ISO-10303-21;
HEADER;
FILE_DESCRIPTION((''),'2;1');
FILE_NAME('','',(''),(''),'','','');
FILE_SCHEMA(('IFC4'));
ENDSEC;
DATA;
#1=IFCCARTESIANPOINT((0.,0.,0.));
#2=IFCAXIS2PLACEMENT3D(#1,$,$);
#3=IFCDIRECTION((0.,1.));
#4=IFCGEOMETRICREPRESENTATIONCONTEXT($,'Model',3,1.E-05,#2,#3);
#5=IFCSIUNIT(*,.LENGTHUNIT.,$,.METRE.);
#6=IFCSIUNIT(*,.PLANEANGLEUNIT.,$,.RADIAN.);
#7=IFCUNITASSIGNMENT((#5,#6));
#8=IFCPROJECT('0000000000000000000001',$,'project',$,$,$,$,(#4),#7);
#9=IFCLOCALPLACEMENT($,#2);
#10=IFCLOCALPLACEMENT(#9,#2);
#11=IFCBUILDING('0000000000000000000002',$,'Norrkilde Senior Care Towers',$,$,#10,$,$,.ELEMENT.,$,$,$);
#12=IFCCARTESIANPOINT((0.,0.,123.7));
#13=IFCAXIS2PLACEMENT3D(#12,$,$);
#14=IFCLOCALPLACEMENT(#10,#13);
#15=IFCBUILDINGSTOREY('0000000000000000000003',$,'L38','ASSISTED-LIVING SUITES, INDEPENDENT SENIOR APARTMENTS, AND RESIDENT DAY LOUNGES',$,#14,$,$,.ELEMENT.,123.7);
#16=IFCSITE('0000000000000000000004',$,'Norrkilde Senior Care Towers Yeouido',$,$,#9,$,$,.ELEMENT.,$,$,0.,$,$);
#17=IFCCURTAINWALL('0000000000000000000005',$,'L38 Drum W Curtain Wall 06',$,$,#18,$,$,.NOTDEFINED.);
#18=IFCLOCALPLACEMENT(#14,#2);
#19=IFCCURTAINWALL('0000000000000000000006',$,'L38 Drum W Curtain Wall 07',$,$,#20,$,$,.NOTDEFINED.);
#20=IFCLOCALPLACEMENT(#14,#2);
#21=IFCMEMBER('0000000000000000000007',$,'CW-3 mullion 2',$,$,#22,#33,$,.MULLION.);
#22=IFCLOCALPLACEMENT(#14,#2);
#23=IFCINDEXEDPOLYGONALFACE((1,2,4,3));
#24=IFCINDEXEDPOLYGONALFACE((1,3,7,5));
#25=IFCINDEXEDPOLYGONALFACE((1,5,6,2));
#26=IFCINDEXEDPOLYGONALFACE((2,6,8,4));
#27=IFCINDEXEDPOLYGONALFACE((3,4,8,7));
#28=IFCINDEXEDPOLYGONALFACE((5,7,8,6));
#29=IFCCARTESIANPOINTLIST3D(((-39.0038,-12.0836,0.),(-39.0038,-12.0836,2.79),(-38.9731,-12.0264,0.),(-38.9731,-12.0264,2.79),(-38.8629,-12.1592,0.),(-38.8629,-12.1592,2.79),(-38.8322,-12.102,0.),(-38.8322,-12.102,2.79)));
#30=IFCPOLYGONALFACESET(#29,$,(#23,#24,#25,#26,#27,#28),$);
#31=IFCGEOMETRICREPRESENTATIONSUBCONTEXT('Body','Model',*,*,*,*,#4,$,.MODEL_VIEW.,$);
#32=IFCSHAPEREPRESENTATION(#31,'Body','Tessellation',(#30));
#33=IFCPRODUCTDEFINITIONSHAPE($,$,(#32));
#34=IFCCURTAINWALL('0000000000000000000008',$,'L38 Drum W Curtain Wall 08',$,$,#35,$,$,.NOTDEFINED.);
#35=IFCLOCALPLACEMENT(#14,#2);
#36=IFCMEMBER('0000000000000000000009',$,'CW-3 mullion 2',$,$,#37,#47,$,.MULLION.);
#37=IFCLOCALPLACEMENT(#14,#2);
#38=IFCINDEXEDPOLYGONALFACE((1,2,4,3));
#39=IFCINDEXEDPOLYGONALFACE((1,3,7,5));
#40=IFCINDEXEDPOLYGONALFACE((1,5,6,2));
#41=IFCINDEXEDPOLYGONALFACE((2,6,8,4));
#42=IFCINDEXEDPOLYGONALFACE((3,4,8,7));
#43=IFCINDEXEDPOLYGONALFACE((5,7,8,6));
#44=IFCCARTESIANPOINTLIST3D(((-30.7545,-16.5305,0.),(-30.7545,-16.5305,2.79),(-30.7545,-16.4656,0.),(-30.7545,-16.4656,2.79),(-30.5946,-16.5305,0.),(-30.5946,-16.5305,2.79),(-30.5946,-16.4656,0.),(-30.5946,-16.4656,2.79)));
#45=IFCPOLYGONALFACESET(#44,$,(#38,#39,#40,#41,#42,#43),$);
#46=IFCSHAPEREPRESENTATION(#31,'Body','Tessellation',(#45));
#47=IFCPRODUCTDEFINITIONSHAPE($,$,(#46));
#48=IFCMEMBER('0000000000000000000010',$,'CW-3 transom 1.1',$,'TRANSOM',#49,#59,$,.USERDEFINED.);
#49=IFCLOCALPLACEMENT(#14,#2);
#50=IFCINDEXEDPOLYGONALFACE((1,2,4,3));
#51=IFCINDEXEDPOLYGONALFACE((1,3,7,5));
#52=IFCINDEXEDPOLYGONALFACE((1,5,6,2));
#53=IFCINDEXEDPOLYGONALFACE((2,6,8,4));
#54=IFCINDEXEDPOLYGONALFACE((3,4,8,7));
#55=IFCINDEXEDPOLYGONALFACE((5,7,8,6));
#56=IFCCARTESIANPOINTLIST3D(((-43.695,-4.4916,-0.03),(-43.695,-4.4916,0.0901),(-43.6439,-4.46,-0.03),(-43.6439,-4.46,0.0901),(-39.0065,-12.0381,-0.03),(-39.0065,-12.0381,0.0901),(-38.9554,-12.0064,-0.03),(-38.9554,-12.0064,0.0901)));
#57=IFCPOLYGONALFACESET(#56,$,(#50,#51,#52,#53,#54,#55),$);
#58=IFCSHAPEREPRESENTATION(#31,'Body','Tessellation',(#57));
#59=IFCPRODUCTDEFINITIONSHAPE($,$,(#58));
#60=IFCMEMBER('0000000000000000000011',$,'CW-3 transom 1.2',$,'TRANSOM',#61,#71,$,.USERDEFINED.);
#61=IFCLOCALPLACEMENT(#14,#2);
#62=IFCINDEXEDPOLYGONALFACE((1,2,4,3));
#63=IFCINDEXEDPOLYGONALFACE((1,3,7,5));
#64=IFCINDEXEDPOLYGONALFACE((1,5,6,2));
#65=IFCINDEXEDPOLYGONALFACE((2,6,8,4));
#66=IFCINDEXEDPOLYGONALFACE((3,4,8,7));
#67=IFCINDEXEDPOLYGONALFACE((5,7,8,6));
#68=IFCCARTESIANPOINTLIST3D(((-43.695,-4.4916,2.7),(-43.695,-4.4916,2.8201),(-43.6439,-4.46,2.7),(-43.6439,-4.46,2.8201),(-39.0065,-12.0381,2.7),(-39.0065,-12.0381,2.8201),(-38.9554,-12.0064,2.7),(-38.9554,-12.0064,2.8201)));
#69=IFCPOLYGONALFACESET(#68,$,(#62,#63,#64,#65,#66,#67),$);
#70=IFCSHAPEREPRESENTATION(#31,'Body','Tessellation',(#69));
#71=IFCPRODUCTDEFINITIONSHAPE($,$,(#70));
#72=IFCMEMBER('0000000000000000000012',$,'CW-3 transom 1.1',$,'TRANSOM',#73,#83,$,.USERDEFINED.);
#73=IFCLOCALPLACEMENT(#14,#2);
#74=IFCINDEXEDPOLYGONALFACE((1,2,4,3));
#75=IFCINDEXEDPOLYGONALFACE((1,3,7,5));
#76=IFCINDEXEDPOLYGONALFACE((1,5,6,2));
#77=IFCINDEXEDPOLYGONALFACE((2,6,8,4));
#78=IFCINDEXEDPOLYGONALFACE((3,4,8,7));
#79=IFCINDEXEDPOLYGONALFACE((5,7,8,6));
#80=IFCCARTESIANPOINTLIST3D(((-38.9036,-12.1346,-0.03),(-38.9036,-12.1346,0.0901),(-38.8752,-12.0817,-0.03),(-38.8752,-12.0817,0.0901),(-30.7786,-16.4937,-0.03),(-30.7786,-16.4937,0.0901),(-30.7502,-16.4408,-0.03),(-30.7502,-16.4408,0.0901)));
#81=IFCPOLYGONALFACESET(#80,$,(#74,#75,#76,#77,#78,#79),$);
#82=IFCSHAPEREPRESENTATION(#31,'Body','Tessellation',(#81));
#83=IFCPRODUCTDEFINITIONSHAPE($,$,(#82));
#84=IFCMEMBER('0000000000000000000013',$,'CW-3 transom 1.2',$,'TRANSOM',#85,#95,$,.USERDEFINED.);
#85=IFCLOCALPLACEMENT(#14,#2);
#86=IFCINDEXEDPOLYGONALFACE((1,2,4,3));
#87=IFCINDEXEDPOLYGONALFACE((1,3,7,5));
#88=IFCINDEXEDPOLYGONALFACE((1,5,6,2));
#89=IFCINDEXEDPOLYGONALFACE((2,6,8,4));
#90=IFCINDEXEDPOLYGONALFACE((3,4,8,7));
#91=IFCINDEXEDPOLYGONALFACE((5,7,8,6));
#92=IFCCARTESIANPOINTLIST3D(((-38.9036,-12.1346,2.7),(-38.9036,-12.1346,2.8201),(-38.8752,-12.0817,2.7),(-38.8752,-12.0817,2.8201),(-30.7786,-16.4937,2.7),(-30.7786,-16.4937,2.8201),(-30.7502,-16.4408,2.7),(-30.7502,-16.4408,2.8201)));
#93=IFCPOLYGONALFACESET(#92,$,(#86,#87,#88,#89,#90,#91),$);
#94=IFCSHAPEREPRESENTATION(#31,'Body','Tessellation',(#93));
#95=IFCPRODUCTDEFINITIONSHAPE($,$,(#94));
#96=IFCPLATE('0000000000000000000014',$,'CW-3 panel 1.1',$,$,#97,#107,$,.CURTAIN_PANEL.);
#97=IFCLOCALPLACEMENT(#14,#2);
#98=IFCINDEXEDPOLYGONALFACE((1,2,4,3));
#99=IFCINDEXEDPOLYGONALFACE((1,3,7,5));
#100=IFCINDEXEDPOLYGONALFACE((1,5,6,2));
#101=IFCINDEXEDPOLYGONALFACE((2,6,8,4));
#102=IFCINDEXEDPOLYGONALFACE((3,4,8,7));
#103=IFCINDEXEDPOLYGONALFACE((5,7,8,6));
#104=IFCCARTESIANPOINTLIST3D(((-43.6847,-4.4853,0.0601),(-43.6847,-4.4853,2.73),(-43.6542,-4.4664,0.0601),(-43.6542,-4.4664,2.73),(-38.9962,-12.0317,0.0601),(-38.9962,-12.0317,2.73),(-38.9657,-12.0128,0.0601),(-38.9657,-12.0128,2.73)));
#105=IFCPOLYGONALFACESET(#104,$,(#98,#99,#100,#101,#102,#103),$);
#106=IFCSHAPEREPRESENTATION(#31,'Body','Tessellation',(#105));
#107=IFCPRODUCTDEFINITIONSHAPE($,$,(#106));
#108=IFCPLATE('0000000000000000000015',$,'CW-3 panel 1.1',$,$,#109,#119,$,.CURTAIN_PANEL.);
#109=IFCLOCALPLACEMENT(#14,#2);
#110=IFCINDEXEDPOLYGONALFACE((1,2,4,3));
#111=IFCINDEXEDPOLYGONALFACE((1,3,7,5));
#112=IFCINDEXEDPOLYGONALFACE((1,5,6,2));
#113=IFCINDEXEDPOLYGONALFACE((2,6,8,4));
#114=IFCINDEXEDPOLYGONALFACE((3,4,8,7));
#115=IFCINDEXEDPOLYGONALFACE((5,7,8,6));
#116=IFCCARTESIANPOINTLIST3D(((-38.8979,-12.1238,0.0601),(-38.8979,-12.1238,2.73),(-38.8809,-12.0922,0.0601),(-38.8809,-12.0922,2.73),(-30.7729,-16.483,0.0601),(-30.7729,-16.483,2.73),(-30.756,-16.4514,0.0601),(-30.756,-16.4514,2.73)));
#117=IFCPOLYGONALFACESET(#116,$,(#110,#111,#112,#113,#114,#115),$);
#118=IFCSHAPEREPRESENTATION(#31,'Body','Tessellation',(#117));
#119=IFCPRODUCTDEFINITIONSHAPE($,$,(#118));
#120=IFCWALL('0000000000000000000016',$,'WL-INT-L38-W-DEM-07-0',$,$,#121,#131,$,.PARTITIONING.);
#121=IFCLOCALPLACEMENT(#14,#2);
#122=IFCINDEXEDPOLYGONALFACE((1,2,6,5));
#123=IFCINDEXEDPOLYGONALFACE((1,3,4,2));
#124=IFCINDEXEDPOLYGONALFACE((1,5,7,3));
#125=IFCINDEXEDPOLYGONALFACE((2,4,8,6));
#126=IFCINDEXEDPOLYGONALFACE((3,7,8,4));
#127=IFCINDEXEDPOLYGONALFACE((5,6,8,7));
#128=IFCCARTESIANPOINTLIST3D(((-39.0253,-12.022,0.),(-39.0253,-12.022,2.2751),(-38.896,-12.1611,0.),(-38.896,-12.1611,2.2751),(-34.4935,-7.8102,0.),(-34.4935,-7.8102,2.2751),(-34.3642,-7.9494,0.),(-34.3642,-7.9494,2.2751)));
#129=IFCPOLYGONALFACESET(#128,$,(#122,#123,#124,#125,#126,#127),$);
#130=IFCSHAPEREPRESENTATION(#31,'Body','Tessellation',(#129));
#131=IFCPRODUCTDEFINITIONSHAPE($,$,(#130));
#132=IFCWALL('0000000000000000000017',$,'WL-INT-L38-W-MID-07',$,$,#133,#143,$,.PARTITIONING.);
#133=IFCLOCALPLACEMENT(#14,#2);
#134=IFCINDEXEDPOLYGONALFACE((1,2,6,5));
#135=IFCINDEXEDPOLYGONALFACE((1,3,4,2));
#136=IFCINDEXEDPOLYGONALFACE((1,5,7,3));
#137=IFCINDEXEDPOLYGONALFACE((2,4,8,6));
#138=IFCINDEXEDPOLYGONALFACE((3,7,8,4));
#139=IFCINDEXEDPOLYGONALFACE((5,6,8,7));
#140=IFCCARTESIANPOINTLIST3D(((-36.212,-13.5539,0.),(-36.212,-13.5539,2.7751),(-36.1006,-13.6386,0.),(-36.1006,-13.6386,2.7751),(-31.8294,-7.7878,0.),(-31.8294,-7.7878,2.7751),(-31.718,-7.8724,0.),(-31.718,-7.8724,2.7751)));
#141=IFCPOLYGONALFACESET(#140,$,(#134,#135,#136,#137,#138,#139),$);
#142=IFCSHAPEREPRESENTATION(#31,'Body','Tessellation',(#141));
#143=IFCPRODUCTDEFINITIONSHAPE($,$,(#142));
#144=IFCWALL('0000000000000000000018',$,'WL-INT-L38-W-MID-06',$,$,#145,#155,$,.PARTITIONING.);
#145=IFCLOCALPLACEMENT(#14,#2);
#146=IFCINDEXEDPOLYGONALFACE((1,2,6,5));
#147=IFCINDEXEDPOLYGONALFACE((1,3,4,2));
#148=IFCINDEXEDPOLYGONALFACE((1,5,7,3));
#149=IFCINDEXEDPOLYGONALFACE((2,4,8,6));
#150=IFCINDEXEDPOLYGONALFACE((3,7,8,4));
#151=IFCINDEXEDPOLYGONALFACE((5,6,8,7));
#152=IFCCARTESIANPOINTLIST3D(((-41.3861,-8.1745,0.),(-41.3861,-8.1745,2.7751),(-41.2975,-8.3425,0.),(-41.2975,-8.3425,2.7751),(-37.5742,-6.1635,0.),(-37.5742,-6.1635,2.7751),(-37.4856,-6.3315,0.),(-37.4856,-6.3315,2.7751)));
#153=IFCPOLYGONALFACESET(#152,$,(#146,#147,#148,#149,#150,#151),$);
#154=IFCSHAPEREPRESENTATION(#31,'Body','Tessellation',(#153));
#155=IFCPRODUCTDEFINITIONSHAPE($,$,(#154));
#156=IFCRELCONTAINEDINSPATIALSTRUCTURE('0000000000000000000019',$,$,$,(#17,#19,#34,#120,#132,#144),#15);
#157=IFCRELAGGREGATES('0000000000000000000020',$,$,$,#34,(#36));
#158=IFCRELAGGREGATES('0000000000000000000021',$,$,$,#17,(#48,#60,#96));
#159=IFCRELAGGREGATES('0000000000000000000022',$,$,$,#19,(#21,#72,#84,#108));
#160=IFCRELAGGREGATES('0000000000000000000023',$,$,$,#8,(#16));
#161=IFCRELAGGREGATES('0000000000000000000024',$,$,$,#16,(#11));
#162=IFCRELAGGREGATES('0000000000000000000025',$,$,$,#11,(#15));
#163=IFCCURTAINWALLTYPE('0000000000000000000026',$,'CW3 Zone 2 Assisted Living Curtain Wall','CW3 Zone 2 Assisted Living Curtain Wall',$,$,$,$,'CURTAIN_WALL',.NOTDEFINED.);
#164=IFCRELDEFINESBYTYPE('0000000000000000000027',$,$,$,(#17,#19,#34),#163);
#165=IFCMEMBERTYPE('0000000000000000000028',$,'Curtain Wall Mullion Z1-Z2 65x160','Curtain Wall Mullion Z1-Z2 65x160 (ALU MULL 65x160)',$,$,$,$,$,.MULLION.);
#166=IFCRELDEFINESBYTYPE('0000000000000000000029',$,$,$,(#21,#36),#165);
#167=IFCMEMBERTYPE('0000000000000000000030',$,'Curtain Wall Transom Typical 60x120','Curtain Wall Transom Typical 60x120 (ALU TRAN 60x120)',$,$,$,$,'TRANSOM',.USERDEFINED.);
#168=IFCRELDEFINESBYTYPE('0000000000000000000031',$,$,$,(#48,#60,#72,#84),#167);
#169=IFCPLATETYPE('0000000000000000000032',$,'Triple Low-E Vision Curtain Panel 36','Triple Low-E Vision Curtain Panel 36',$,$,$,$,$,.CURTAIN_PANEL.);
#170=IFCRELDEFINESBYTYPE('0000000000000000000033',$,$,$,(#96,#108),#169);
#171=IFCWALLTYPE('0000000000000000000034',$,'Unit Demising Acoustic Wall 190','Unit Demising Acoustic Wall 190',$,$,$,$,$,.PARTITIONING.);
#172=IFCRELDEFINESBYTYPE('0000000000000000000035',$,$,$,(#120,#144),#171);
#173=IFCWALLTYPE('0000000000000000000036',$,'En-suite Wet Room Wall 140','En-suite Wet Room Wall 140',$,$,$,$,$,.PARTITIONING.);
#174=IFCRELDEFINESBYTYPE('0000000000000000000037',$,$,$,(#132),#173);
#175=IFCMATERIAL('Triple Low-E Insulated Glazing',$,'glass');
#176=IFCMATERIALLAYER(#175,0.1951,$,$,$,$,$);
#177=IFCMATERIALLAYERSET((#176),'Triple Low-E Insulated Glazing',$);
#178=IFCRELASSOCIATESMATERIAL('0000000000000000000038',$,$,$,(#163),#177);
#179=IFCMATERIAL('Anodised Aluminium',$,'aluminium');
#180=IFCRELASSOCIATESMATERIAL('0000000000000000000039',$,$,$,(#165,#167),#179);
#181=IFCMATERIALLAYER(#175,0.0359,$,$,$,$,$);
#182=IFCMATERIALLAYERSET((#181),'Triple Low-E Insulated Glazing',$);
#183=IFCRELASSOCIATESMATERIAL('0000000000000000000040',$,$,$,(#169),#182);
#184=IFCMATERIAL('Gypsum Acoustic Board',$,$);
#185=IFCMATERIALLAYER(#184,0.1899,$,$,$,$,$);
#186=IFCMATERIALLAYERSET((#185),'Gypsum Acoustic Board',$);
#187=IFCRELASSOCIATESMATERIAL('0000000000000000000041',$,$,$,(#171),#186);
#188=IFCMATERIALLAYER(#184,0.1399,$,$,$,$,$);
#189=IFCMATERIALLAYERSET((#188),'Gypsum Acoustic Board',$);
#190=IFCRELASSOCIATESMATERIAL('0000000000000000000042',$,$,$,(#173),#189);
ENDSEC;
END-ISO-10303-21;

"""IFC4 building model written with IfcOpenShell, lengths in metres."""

from ifc_helpers import new_model, si_unit, direction, frame, frame_2d, origin, origin_2d, place, context, subcontext, project, spatial, rectangle, extrude, source, transform, mapped, material, layer, layer_set, material_profile, profile_set, type_object, type_shapes, element, aggregate, save


model = new_model("IFC4")

# Units and contexts
model_context = context("Model", 3, precision=1e-05, world=origin(), true_north=direction((0.0, 1.0)))
body_context = subcontext(model_context, "Body", "Model", "MODEL_VIEW")
ifc_project = project(units=[si_unit("LENGTHUNIT", "METRE"), si_unit("PLANEANGLEUNIT", "RADIAN")], contexts=[model_context])

# Site, building, storey
site_placement = place(None, origin())
site = spatial("IfcSite", under=ifc_project, at=site_placement, Name="Norrkilde Senior Care Towers Yeouido", CompositionType="ELEMENT", RefElevation=0.0)
building_placement = place(site_placement, origin())
building = spatial("IfcBuilding", under=site, at=building_placement, Name="Norrkilde Senior Care Towers", CompositionType="ELEMENT")
storey_placement = place(building_placement, frame((0.0, 0.0, 123.7)))
storey = spatial("IfcBuildingStorey", under=building, at=storey_placement, Name="L38", Description="ASSISTED-LIVING SUITES, INDEPENDENT SENIOR APARTMENTS, AND RESIDENT DAY LOUNGES", CompositionType="ELEMENT", Elevation=123.7)

# Curtain wall
ifc_material_1 = material(Name="Triple Low-E Insulated Glazing", Category="glass")
ifc_layer_1 = layer(ifc_material_1, 0.1951)
ifc_layer_set_1 = layer_set([ifc_layer_1], Name="Triple Low-E Insulated Glazing")
curtain_wall_type = type_object("IfcCurtainWallType", Name="CW3 Zone 2 Assisted Living Curtain Wall", Description="CW3 Zone 2 Assisted Living Curtain Wall", ElementType="CURTAIN_WALL", PredefinedType="NOTDEFINED", material=ifc_layer_set_1)
curtain_wall_1_placement = place(storey_placement, origin())
curtain_wall_1 = element("IfcCurtainWall", 1, at=curtain_wall_1_placement, inside=storey, type_object=curtain_wall_type, Name="L38 Drum W Curtain Wall 06", PredefinedType="NOTDEFINED")
ifc_material_2 = material(Name="Anodised Aluminium", Category="aluminium")
ifc_material_profile_1 = material_profile(ifc_material_2, rectangle(XDim=0.0649, YDim=0.1599, at=origin_2d()), Name="ALU MULL 65x160")
ifc_profile_set_1 = profile_set([ifc_material_profile_1], Name="Anodised Aluminium")
member_type_1 = type_object("IfcMemberType", Name="Curtain Wall Mullion Z1-Z2 65x160", Description="Curtain Wall Mullion Z1-Z2 65x160 (ALU MULL 65x160)", PredefinedType="MULLION", material=ifc_profile_set_1)
shared_shape_1 = source(origin(), body_context, "Body", "SweptSolid", [
    extrude(rectangle(XDim=0.0649, YDim=0.1599, at=origin_2d()), origin(), (0.0, 0.0, 1.0), 2.79),
])
type_shapes(member_type_1, [shared_shape_1])

# Curtain wall, member
curtain_wall_2_placement = place(storey_placement, origin())
curtain_wall_2 = element("IfcCurtainWall", 2, at=curtain_wall_2_placement, inside=storey, type_object=curtain_wall_type, Name="L38 Drum W Curtain Wall 07", PredefinedType="NOTDEFINED")
member_1_placement = place(storey_placement, frame((-38.918, -12.0928, 0.0), z_axis=(0.0, 0.0, 1.0), x_axis=(-0.472769, -0.881186, 0.0)))
member_1 = element("IfcMember", 3, at=member_1_placement, type_object=member_type_1, Name="CW-3 mullion 2", PredefinedType="MULLION", context=body_context, shape_type="MappedRepresentation", body=[
    mapped(shared_shape_1, transform((0.0, 0.0, 0.0), x_axis=(1.0, 0.0, 0.0), y_axis=(0.0, 1.0, 0.0), z_axis=(0.0, 0.0, 1.0), scale=1.0)),
])

# Curtain wall, member
curtain_wall_3_placement = place(storey_placement, origin())
curtain_wall_3 = element("IfcCurtainWall", 4, at=curtain_wall_3_placement, inside=storey, type_object=curtain_wall_type, Name="L38 Drum W Curtain Wall 08", PredefinedType="NOTDEFINED")
member_2_placement = place(storey_placement, frame((-30.6746, -16.498, 0.0), z_axis=(0.0, 0.0, 1.0), x_axis=(0.0, -1.0, 0.0)))
member_2 = element("IfcMember", 5, at=member_2_placement, type_object=member_type_1, Name="CW-3 mullion 2", PredefinedType="MULLION", context=body_context, shape_type="MappedRepresentation", body=[
    mapped(shared_shape_1, transform((0.0, 0.0, 0.0), x_axis=(1.0, 0.0, 0.0), y_axis=(0.0, 1.0, 0.0), z_axis=(0.0, 0.0, 1.0), scale=1.0)),
])
aggregate(curtain_wall_3, [member_2])

# Members
ifc_material_profile_2 = material_profile(ifc_material_2, rectangle(XDim=0.0601, YDim=0.1201, at=origin_2d()), Name="ALU TRAN 60x120")
ifc_profile_set_2 = profile_set([ifc_material_profile_2], Name="Anodised Aluminium")
member_type_2 = type_object("IfcMemberType", Name="Curtain Wall Transom Typical 60x120", Description="Curtain Wall Transom Typical 60x120 (ALU TRAN 60x120)", ElementType="TRANSOM", PredefinedType="USERDEFINED", material=ifc_profile_set_2)
shared_shape_2 = source(origin(), body_context, "Body", "SweptSolid", [
    extrude(rectangle(XDim=0.0601, YDim=0.1201, at=origin_2d()), origin(), (0.0, 0.0, 1.0), 8.8843),
])
member_3_placement = place(storey_placement, frame((-38.981, -12.0222, 0.03), z_axis=(-0.527729, 0.849413, 0.0), x_axis=(-0.849413, -0.527729, 0.0)))
member_3 = element("IfcMember", 6, at=member_3_placement, type_object=member_type_2, Name="CW-3 transom 1.1", ObjectType="TRANSOM", PredefinedType="USERDEFINED", context=body_context, shape_type="MappedRepresentation", body=[
    mapped(shared_shape_2, transform((0.0, 0.0, 0.0), x_axis=(1.0, 0.0, 0.0), y_axis=(0.0, 1.0, 0.0), z_axis=(0.0, 0.0, 1.0), scale=1.0)),
])
member_4_placement = place(storey_placement, frame((-38.981, -12.0222, 2.76), z_axis=(-0.527729, 0.849413, 0.0), x_axis=(-0.849413, -0.527729, 0.0)))
member_4 = element("IfcMember", 7, at=member_4_placement, type_object=member_type_2, Name="CW-3 transom 1.2", ObjectType="TRANSOM", PredefinedType="USERDEFINED", context=body_context, shape_type="MappedRepresentation", body=[
    mapped(shared_shape_2, transform((0.0, 0.0, 0.0), x_axis=(1.0, 0.0, 0.0), y_axis=(0.0, 1.0, 0.0), z_axis=(0.0, 0.0, 1.0), scale=1.0)),
])
shared_shape_3 = source(origin(), body_context, "Body", "SweptSolid", [
    extrude(rectangle(XDim=0.0601, YDim=0.1201, at=origin_2d()), origin(), (0.0, 0.0, 1.0), 9.2205),
])
type_shapes(member_type_2, [shared_shape_2, shared_shape_3])
member_5_placement = place(storey_placement, frame((-30.7644, -16.4673, 0.03), z_axis=(-0.881189, 0.472765, 0.0), x_axis=(-0.472765, -0.881189, 0.0)))
member_5 = element("IfcMember", 8, at=member_5_placement, type_object=member_type_2, Name="CW-3 transom 1.1", ObjectType="TRANSOM", PredefinedType="USERDEFINED", context=body_context, shape_type="MappedRepresentation", body=[
    mapped(shared_shape_3, transform((0.0, 0.0, 0.0), x_axis=(1.0, 0.0, 0.0), y_axis=(0.0, 1.0, 0.0), z_axis=(0.0, 0.0, 1.0), scale=1.0)),
])
member_6_placement = place(storey_placement, frame((-30.7644, -16.4673, 2.76), z_axis=(-0.881189, 0.472765, 0.0), x_axis=(-0.472765, -0.881189, 0.0)))
member_6 = element("IfcMember", 9, at=member_6_placement, type_object=member_type_2, Name="CW-3 transom 1.2", ObjectType="TRANSOM", PredefinedType="USERDEFINED", context=body_context, shape_type="MappedRepresentation", body=[
    mapped(shared_shape_3, transform((0.0, 0.0, 0.0), x_axis=(1.0, 0.0, 0.0), y_axis=(0.0, 1.0, 0.0), z_axis=(0.0, 0.0, 1.0), scale=1.0)),
])

# Plates
ifc_layer_2 = layer(ifc_material_1, 0.0359)
ifc_layer_set_2 = layer_set([ifc_layer_2], Name="Triple Low-E Insulated Glazing")
plate_type = type_object("IfcPlateType", Name="Triple Low-E Vision Curtain Panel 36", Description="Triple Low-E Vision Curtain Panel 36", PredefinedType="CURTAIN_PANEL", material=ifc_layer_set_2)
shared_shape_4 = source(origin(), body_context, "Body", "SweptSolid", [
    extrude(rectangle(XDim=8.8843, YDim=0.0359, at=origin_2d()), origin(), (0.0, 0.0, 1.0), 2.6699),
])
plate_1_placement = place(storey_placement, frame((-41.3252, -8.249, 0.0601), z_axis=(0.0, 0.0, 1.0), x_axis=(-0.527733, 0.84941, 0.0)))
plate_1 = element("IfcPlate", 10, at=plate_1_placement, type_object=plate_type, Name="CW-3 panel 1.1", PredefinedType="CURTAIN_PANEL", context=body_context, shape_type="MappedRepresentation", body=[
    mapped(shared_shape_4, transform((0.0, 0.0, 0.0), x_axis=(1.0, 0.0, 0.0), y_axis=(0.0, 1.0, 0.0), z_axis=(0.0, 0.0, 1.0), scale=1.0)),
])
aggregate(curtain_wall_1, [member_3, member_4, plate_1])
shared_shape_5 = source(origin(), body_context, "Body", "SweptSolid", [
    extrude(rectangle(XDim=9.2205, YDim=0.0359, at=origin_2d()), origin(), (0.0, 0.0, 1.0), 2.6699),
])
type_shapes(plate_type, [shared_shape_4, shared_shape_5])
plate_2_placement = place(storey_placement, frame((-34.8269, -14.2876, 0.0601), z_axis=(0.0, 0.0, 1.0), x_axis=(-0.881186, 0.472769, 0.0)))
plate_2 = element("IfcPlate", 11, at=plate_2_placement, type_object=plate_type, Name="CW-3 panel 1.1", PredefinedType="CURTAIN_PANEL", context=body_context, shape_type="MappedRepresentation", body=[
    mapped(shared_shape_5, transform((0.0, 0.0, 0.0), x_axis=(1.0, 0.0, 0.0), y_axis=(0.0, 1.0, 0.0), z_axis=(0.0, 0.0, 1.0), scale=1.0)),
])
aggregate(curtain_wall_2, [member_1, member_5, member_6, plate_2])

# Shared definitions
ifc_material_3 = material(Name="Gypsum Acoustic Board")

# Walls
ifc_layer_3 = layer(ifc_material_3, 0.1899)
ifc_layer_set_3 = layer_set([ifc_layer_3], Name="Gypsum Acoustic Board")
wall_type_1 = type_object("IfcWallType", Name="Unit Demising Acoustic Wall 190", Description="Unit Demising Acoustic Wall 190", PredefinedType="PARTITIONING", material=ifc_layer_set_3)
shared_shape_6 = source(origin(), body_context, "Body", "SweptSolid", [
    extrude(rectangle(XDim=6.1868, YDim=0.1899, at=frame_2d((3.0933, 0.0))), origin(), (0.0, 0.0, 1.0), 2.2751),
])
wall_1_placement = place(storey_placement, frame((-34.429, -7.8799, 0.0), z_axis=(0.0, 0.0, 1.0), x_axis=(-0.732501, -0.680766, 0.0)))
element("IfcWall", 12, at=wall_1_placement, inside=storey, type_object=wall_type_1, Name="WL-INT-L38-W-DEM-07-0", PredefinedType="PARTITIONING", context=body_context, shape_type="MappedRepresentation", body=[
    mapped(shared_shape_6, transform((0.0, 0.0, 0.0), x_axis=(1.0, 0.0, 0.0), y_axis=(0.0, 1.0, 0.0), z_axis=(0.0, 0.0, 1.0), scale=1.0)),
])
ifc_layer_4 = layer(ifc_material_3, 0.1399)
ifc_layer_set_4 = layer_set([ifc_layer_4], Name="Gypsum Acoustic Board")
wall_type_2 = type_object("IfcWallType", Name="En-suite Wet Room Wall 140", Description="En-suite Wet Room Wall 140", PredefinedType="PARTITIONING", material=ifc_layer_set_4)
shared_shape_7 = source(origin(), body_context, "Body", "SweptSolid", [
    extrude(rectangle(XDim=7.2427, YDim=0.1399, at=frame_2d((3.6213, 0.0))), origin(), (0.0, 0.0, 1.0), 2.7751),
])
type_shapes(wall_type_2, [shared_shape_7])
wall_2_placement = place(storey_placement, frame((-31.7737, -7.8301, 0.0), z_axis=(0.0, 0.0, 1.0), x_axis=(-0.605111, -0.796141, 0.0)))
element("IfcWall", 13, at=wall_2_placement, inside=storey, type_object=wall_type_2, Name="WL-INT-L38-W-MID-07", PredefinedType="PARTITIONING", context=body_context, shape_type="MappedRepresentation", body=[
    mapped(shared_shape_7, transform((0.0, 0.0, 0.0), x_axis=(1.0, 0.0, 0.0), y_axis=(0.0, 1.0, 0.0), z_axis=(0.0, 0.0, 1.0), scale=1.0)),
])
shared_shape_8 = source(origin(), body_context, "Body", "SweptSolid", [
    extrude(rectangle(XDim=4.3098, YDim=0.1899, at=frame_2d((2.1548, 0.0))), origin(), (0.0, 0.0, 1.0), 2.7751),
])
type_shapes(wall_type_1, [shared_shape_6, shared_shape_8])
wall_3_placement = place(storey_placement, frame((-37.53, -6.2476, 0.0), z_axis=(0.0, 0.0, 1.0), x_axis=(-0.884459, -0.466617, 0.0)))
element("IfcWall", 14, at=wall_3_placement, inside=storey, type_object=wall_type_1, Name="WL-INT-L38-W-MID-06", PredefinedType="PARTITIONING", context=body_context, shape_type="MappedRepresentation", body=[
    mapped(shared_shape_8, transform((0.0, 0.0, 0.0), x_axis=(1.0, 0.0, 0.0), y_axis=(0.0, 1.0, 0.0), z_axis=(0.0, 0.0, 1.0), scale=1.0)),
])

save(model, "model.ifc")
